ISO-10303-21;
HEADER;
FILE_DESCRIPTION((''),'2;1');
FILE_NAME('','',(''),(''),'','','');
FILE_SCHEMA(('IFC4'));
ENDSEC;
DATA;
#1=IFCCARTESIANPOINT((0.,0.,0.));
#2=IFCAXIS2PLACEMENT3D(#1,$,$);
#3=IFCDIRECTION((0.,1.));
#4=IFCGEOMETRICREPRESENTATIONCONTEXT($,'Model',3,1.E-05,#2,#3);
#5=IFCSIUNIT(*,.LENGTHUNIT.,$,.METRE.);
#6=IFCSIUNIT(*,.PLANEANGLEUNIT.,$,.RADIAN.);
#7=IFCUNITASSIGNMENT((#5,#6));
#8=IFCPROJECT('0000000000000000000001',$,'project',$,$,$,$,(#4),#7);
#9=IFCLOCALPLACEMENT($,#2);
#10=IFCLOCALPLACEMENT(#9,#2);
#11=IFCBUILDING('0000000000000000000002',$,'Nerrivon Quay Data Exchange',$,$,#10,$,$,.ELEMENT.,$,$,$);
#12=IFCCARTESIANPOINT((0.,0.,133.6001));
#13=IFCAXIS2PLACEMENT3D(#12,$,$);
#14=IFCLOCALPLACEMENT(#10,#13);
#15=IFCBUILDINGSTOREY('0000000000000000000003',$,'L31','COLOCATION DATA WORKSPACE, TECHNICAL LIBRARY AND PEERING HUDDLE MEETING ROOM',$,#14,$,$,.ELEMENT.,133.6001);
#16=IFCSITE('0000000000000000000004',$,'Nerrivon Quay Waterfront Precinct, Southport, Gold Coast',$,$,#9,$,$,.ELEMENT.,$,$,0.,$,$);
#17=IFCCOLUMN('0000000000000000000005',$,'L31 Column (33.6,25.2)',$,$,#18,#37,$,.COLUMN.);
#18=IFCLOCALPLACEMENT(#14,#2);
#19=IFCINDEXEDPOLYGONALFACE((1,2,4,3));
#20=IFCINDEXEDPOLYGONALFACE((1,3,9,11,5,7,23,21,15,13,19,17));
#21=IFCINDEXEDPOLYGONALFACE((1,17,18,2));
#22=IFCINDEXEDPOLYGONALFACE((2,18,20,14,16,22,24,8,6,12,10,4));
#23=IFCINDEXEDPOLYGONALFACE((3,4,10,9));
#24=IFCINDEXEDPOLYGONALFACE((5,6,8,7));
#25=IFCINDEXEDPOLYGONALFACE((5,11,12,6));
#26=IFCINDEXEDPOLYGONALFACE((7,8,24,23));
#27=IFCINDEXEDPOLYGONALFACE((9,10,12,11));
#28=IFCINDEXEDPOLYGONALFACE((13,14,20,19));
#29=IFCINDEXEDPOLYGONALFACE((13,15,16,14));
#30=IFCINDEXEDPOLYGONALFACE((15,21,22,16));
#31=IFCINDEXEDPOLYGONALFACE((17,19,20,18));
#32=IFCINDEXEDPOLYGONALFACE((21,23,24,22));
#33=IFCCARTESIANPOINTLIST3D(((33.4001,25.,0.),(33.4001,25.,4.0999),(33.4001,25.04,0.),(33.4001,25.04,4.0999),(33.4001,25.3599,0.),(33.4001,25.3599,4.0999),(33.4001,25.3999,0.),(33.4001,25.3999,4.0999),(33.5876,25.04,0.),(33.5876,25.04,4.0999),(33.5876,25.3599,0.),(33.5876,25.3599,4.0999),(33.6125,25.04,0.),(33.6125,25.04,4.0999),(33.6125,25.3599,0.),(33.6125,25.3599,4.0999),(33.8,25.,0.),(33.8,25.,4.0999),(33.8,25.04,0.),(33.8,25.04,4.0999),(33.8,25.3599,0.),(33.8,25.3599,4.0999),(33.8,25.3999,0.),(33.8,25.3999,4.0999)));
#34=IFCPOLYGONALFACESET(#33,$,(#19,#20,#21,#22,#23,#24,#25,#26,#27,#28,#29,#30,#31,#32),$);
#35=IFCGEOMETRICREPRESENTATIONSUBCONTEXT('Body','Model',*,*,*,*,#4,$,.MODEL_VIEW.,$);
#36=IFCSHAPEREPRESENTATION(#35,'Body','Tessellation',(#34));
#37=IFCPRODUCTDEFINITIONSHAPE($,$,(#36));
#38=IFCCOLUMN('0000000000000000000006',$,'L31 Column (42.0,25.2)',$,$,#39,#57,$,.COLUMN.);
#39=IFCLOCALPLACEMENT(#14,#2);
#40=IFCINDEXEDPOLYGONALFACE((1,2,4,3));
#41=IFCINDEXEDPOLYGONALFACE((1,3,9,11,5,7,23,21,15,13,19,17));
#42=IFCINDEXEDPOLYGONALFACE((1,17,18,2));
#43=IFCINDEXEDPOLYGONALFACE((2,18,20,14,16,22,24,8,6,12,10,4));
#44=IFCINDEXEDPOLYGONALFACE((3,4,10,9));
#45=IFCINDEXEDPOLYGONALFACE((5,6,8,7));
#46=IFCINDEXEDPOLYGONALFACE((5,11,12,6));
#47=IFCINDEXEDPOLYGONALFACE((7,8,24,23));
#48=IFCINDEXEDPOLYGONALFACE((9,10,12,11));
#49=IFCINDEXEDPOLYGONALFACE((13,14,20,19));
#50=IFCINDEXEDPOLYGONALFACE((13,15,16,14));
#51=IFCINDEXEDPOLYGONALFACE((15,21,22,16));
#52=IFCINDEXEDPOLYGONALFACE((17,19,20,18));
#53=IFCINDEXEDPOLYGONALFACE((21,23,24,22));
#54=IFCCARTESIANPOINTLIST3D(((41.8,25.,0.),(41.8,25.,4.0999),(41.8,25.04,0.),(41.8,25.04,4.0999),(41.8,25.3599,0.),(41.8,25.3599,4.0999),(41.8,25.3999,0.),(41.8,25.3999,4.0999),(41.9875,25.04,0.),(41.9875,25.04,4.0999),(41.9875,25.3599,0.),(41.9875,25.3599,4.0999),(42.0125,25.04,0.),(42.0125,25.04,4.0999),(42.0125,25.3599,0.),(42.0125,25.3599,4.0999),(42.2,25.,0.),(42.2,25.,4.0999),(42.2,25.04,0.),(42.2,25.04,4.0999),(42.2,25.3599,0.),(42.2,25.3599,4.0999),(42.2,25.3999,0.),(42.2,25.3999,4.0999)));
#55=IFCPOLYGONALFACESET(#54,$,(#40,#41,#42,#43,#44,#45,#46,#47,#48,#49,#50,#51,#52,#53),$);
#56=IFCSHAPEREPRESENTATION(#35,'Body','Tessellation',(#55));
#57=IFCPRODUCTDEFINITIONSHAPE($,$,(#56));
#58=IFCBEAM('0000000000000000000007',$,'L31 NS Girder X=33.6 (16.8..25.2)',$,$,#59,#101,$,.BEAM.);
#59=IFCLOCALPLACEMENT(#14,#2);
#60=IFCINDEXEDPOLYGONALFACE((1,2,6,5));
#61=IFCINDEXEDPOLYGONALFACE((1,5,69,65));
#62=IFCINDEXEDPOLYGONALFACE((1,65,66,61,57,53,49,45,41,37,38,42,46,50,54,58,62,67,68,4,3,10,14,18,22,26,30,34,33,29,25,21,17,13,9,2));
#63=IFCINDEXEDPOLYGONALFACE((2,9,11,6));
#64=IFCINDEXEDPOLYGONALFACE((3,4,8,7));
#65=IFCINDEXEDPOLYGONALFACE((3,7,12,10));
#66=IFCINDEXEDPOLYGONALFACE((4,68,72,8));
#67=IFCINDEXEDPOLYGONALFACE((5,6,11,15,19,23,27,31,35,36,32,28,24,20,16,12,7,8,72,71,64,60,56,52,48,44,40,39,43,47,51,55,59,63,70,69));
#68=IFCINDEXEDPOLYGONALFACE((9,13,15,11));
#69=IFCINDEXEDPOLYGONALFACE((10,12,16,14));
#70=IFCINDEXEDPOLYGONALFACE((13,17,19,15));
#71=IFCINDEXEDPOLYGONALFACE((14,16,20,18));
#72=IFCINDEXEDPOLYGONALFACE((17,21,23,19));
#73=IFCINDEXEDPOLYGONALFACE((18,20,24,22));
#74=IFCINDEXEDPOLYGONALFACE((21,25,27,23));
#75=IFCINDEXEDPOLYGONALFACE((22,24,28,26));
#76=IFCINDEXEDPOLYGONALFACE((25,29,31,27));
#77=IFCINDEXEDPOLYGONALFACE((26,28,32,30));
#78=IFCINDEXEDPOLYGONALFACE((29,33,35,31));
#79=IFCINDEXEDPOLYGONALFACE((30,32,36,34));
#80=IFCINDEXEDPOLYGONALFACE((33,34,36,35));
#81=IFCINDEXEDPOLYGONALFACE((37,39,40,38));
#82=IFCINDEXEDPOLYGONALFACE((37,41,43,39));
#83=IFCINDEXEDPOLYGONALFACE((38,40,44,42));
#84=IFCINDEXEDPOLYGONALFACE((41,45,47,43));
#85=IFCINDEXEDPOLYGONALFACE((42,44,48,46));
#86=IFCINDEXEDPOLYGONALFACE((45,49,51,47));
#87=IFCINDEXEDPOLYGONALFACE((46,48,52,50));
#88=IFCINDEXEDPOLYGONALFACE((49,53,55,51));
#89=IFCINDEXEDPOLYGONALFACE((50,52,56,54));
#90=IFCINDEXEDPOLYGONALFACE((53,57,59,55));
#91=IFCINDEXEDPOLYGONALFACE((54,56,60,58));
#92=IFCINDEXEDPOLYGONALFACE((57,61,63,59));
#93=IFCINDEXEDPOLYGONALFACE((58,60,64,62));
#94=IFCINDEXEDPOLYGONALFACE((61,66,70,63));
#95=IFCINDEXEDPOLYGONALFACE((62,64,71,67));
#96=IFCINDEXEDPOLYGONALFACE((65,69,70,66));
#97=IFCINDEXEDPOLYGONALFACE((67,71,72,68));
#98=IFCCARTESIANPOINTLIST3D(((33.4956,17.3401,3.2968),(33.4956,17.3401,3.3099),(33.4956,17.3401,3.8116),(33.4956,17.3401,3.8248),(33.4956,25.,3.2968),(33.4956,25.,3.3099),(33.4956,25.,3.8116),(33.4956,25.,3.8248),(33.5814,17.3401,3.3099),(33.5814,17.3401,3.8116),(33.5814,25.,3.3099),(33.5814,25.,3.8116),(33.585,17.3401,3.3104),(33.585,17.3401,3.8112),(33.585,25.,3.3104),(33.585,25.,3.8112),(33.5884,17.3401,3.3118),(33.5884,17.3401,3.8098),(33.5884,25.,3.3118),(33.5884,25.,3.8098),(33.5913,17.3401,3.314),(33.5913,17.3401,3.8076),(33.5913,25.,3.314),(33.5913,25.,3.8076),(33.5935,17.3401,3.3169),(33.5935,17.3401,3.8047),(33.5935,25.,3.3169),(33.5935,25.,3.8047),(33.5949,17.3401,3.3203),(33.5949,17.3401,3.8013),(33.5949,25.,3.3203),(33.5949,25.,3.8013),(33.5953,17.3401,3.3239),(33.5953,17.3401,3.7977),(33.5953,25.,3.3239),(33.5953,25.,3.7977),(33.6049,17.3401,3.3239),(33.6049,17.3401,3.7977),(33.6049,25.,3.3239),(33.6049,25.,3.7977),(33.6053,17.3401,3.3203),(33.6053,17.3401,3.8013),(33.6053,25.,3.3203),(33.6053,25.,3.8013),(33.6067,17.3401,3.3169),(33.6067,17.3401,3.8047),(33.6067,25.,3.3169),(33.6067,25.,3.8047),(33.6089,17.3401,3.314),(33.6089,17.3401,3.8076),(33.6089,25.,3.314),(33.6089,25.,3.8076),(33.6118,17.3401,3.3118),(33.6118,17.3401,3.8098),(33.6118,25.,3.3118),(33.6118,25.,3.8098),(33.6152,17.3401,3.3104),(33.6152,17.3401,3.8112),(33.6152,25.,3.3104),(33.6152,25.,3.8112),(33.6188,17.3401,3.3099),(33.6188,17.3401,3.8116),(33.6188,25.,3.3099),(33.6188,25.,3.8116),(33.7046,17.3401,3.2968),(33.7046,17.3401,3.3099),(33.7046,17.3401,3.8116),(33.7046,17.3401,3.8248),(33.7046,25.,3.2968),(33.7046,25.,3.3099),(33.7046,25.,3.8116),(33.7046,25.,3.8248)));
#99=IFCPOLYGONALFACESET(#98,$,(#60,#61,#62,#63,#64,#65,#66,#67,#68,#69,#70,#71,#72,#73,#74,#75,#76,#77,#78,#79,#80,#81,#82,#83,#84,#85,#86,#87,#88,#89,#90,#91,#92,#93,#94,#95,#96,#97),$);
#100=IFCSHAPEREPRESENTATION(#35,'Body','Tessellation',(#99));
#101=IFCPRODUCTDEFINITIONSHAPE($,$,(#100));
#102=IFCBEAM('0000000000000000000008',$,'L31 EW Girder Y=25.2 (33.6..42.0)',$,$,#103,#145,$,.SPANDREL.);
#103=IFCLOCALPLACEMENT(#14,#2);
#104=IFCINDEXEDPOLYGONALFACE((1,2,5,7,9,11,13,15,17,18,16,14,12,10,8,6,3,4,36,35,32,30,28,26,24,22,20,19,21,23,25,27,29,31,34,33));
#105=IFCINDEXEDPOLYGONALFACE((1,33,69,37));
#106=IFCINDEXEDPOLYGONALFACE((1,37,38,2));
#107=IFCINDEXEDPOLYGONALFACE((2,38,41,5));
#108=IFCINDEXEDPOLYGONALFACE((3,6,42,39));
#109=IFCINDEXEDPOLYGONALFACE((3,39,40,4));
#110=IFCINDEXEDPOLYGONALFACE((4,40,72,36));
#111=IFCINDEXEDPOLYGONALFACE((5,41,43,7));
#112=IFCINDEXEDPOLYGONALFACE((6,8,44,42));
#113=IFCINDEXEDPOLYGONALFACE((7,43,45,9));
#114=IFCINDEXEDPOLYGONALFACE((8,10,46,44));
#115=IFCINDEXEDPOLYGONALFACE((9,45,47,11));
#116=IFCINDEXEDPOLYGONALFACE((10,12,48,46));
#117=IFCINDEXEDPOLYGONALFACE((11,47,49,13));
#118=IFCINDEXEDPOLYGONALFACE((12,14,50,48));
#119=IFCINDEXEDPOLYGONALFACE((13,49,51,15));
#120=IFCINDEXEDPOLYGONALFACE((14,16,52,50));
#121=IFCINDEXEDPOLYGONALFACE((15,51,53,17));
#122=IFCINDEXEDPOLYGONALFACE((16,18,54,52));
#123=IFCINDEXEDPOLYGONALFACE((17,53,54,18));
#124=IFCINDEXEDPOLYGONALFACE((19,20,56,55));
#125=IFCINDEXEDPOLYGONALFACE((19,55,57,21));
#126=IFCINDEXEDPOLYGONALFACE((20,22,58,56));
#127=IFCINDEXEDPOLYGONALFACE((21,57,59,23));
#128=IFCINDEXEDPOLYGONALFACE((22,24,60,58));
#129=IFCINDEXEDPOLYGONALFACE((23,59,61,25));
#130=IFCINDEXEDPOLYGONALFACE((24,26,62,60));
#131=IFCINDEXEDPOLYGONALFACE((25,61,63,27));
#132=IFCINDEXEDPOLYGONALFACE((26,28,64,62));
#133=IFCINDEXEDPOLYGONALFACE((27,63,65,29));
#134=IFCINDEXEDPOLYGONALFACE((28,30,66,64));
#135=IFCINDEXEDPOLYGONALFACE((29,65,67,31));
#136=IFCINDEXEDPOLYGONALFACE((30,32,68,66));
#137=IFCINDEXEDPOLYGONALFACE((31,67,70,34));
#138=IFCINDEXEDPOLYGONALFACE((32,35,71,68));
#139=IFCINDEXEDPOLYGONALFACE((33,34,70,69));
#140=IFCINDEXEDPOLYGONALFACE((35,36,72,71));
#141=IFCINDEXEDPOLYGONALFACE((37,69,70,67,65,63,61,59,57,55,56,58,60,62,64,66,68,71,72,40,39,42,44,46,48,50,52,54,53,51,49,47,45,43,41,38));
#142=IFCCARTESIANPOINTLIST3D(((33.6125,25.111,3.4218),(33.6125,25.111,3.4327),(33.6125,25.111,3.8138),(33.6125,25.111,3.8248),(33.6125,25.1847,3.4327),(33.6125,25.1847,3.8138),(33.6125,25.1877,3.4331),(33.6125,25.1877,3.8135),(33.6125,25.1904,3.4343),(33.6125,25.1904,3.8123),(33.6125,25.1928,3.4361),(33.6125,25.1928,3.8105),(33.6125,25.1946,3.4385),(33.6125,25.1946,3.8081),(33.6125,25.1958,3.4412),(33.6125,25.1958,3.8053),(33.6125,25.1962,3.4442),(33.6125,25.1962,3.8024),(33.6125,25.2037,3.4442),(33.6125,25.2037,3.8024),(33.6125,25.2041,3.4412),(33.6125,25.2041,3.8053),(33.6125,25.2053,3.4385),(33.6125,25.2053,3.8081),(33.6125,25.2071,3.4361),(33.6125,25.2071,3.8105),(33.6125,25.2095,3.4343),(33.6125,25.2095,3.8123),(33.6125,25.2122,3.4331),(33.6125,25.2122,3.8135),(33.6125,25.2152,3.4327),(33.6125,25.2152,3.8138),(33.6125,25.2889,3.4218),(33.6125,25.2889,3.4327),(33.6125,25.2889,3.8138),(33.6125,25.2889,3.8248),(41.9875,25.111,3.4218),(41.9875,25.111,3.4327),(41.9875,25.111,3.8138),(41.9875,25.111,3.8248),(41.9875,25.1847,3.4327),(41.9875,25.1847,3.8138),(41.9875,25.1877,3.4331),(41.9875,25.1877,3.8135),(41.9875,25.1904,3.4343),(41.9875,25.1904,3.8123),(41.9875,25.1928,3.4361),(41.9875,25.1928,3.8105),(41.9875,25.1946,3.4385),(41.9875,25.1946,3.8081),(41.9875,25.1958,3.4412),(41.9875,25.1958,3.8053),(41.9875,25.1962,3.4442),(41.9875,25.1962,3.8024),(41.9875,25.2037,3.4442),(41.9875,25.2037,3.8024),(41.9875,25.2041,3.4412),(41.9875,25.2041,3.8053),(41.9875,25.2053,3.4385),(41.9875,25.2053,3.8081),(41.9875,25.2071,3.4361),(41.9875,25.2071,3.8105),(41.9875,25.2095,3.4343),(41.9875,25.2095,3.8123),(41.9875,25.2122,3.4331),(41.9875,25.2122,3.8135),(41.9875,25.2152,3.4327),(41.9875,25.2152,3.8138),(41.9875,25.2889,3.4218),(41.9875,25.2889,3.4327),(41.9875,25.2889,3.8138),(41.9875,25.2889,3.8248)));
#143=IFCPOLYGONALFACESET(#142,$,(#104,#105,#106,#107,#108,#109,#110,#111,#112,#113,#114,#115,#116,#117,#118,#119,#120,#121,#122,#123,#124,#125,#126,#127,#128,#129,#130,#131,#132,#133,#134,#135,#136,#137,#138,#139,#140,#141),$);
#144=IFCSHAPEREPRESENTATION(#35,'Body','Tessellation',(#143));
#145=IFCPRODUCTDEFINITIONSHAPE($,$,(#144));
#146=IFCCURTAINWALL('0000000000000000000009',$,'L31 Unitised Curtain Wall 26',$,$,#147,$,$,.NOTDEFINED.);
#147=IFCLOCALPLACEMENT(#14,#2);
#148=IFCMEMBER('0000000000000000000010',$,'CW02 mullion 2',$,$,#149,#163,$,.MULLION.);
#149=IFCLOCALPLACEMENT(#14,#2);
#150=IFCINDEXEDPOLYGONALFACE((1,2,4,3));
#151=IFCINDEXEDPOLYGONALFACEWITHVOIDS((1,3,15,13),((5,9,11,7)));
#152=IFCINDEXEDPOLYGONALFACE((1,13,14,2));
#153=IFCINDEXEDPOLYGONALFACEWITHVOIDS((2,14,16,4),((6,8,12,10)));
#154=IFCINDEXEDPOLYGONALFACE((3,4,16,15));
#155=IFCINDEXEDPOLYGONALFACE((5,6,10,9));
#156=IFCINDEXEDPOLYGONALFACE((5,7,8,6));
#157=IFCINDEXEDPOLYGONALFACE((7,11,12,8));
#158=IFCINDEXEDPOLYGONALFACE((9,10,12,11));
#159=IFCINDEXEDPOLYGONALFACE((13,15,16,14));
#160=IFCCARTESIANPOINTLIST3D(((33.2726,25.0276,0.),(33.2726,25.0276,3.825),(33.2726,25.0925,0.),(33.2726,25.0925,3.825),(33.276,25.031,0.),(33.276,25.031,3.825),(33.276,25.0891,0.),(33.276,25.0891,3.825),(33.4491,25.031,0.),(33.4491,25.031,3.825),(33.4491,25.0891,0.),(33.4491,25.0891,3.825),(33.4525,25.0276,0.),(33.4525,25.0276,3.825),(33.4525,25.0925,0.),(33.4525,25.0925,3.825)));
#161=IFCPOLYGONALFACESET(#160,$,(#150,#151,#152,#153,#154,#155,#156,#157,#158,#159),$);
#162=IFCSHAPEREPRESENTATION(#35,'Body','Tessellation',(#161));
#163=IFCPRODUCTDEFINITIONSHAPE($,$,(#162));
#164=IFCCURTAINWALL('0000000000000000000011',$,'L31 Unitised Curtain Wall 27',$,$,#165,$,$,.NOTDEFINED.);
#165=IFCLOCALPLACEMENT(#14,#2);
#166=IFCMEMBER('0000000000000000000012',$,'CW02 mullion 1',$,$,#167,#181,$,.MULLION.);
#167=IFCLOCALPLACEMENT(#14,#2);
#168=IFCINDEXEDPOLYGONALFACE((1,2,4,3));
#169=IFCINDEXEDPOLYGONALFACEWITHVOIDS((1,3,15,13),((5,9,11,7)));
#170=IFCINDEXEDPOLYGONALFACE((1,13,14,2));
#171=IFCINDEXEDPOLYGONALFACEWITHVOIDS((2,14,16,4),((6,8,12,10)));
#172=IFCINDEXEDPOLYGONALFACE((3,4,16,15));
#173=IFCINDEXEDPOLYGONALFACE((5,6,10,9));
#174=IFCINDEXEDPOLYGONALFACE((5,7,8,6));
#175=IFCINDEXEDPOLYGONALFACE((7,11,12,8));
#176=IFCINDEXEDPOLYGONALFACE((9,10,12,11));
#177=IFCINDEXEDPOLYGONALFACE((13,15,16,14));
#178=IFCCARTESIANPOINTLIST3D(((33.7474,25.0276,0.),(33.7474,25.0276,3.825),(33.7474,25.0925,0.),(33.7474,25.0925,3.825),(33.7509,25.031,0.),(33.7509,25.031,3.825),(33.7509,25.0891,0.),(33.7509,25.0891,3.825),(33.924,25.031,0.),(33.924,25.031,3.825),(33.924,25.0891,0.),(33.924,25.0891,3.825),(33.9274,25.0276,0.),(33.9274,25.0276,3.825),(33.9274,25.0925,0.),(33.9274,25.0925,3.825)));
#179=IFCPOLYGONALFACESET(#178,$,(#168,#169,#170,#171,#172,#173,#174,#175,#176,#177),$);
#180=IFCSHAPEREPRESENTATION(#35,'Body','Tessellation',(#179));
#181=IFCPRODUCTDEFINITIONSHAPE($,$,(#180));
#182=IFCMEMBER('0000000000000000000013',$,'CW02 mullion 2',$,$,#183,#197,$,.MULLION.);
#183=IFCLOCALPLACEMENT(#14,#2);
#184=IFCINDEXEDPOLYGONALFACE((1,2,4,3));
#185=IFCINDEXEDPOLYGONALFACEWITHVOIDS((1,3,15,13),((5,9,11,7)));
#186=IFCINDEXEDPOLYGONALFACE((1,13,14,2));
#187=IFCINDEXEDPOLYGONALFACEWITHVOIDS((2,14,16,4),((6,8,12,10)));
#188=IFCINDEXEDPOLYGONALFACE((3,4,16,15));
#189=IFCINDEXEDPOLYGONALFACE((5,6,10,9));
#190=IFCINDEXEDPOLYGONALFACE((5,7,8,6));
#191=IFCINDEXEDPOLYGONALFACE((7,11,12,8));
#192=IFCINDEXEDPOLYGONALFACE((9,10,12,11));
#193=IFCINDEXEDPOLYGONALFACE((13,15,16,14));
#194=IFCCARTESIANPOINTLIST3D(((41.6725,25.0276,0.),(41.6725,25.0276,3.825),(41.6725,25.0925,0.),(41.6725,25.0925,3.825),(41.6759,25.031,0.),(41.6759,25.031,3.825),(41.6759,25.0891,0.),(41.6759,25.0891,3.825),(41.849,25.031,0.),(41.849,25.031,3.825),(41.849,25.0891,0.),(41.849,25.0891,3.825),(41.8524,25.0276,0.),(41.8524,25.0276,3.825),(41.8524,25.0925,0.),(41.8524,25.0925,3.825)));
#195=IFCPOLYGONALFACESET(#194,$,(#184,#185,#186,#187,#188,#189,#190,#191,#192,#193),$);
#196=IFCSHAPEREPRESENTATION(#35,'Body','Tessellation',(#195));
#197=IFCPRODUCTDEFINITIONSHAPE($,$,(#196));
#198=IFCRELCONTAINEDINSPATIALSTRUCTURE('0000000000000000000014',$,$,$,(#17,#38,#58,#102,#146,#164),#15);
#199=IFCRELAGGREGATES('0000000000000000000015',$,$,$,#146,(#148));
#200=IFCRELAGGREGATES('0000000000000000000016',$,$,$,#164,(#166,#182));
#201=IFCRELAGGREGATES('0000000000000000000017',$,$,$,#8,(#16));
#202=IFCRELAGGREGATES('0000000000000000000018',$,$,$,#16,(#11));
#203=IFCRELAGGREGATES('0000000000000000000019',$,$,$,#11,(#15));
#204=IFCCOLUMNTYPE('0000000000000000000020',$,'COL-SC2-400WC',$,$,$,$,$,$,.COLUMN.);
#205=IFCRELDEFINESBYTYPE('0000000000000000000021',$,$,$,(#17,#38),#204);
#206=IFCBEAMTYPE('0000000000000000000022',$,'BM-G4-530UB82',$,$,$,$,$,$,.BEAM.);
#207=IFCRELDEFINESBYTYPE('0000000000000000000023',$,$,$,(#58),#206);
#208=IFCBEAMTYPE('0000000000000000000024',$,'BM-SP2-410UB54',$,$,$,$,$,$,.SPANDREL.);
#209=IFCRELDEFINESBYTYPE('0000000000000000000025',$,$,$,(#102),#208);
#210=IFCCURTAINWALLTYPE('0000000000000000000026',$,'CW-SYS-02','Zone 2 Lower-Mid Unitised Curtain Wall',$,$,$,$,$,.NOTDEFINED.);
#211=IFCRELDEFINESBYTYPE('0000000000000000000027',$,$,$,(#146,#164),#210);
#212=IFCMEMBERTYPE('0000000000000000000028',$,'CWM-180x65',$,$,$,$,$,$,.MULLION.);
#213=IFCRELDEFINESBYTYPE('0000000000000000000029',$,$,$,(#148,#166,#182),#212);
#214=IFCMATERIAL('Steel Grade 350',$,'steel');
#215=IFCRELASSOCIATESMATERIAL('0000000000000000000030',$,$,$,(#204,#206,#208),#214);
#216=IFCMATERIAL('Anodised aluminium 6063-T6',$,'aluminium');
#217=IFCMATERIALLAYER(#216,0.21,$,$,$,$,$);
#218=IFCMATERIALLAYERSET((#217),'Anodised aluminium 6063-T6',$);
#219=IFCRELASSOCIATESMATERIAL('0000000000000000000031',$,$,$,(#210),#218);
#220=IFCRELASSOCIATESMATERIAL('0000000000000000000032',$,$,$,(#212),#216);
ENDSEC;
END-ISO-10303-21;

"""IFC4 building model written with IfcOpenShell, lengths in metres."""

from ifc_helpers import new_model, si_unit, direction, frame, origin, origin_2d, place, context, subcontext, project, spatial, hollow_rectangle, i_section, extrude, material, layer, layer_set, material_profile, profile_set, type_object, element, aggregate, save


model = new_model("IFC4")

# Units and contexts
model_context = context("Model", 3, precision=1e-05, world=origin(), true_north=direction((0.0, 1.0)))
body_context = subcontext(model_context, "Body", "Model", "MODEL_VIEW")
ifc_project = project(units=[si_unit("LENGTHUNIT", "METRE"), si_unit("PLANEANGLEUNIT", "RADIAN")], contexts=[model_context])

# Site, building, storey
site_placement = place(None, origin())
site = spatial("IfcSite", under=ifc_project, at=site_placement, Name="Nerrivon Quay Waterfront Precinct, Southport, Gold Coast", CompositionType="ELEMENT", RefElevation=0.0)
building_placement = place(site_placement, origin())
building = spatial("IfcBuilding", under=site, at=building_placement, Name="Nerrivon Quay Data Exchange", CompositionType="ELEMENT")
storey_placement = place(building_placement, frame((0.0, 0.0, 133.6001)))
storey = spatial("IfcBuildingStorey", under=building, at=storey_placement, Name="L31", Description="COLOCATION DATA WORKSPACE, TECHNICAL LIBRARY AND PEERING HUDDLE MEETING ROOM", CompositionType="ELEMENT", Elevation=133.6001)

# Columns
ifc_material_1 = material(Name="Steel Grade 350", Category="steel")
ifc_material_profile_1 = material_profile(ifc_material_1, i_section(OverallWidth=0.3999, OverallDepth=0.3999, WebThickness=0.0249, FlangeThickness=0.04, at=origin_2d()), Name="400WC328")
ifc_profile_set_1 = profile_set([ifc_material_profile_1], Name="Steel Grade 350")
column_type = type_object("IfcColumnType", Name="COL-SC2-400WC", PredefinedType="COLUMN", material=ifc_profile_set_1)
for number, where, z_axis, x_axis, name in (
    (1, (33.6001, 25.2, 0.0), (0.0, 0.0, 1.0), (1.0, 0.0, 0.0), "L31 Column (33.6,25.2)"),
    (2, (42.0, 25.2, 0.0), (0.0, 0.0, 1.0), (1.0, 0.0, 0.0), "L31 Column (42.0,25.2)"),
):
    element("IfcColumn", number, at=place(storey_placement, frame(where, z_axis=z_axis, x_axis=x_axis)), inside=storey, type_object=column_type, Name=name, PredefinedType="COLUMN", context=body_context, shape_type="SweptSolid", body=[
        extrude(i_section(OverallWidth=0.3999, OverallDepth=0.3999, WebThickness=0.0249, FlangeThickness=0.04, at=origin_2d()), origin(), (0.0, 0.0, 1.0), 4.0999),
    ])

# Beams
ifc_material_profile_2 = material_profile(ifc_material_1, i_section(OverallWidth=0.209, OverallDepth=0.5281, WebThickness=0.0095, FlangeThickness=0.0132, FilletRadius=0.0139, at=origin_2d()), Name="530UB82.0")
ifc_profile_set_2 = profile_set([ifc_material_profile_2], Name="Steel Grade 350")
beam_type_1 = type_object("IfcBeamType", Name="BM-G4-530UB82", PredefinedType="BEAM", material=ifc_profile_set_2)
beam_1_placement = place(storey_placement, frame((33.6001, 17.3401, 3.5608), z_axis=(0.0, 1.0, 0.0), x_axis=(-1.0, 0.0, 0.0)))
element("IfcBeam", 3, at=beam_1_placement, inside=storey, type_object=beam_type_1, Name="L31 NS Girder X=33.6 (16.8..25.2)", PredefinedType="BEAM", context=body_context, shape_type="SweptSolid", body=[
    extrude(i_section(OverallWidth=0.209, OverallDepth=0.5281, WebThickness=0.0095, FlangeThickness=0.0132, FilletRadius=0.0139, at=origin_2d()), origin(), (0.0, 0.0, 1.0), 7.6599),
])
ifc_material_profile_3 = material_profile(ifc_material_1, i_section(OverallWidth=0.178, OverallDepth=0.4031, WebThickness=0.0076, FlangeThickness=0.011, FilletRadius=0.0115, at=origin_2d()), Name="410UB53.7")
ifc_profile_set_3 = profile_set([ifc_material_profile_3], Name="Steel Grade 350")
beam_type_2 = type_object("IfcBeamType", Name="BM-SP2-410UB54", PredefinedType="SPANDREL", material=ifc_profile_set_3)
beam_2_placement = place(storey_placement, frame((33.6125, 25.2, 3.6233), z_axis=(1.0, 0.0, 0.0), x_axis=(0.0, 1.0, 0.0)))
element("IfcBeam", 4, at=beam_2_placement, inside=storey, type_object=beam_type_2, Name="L31 EW Girder Y=25.2 (33.6..42.0)", PredefinedType="SPANDREL", context=body_context, shape_type="SweptSolid", body=[
    extrude(i_section(OverallWidth=0.178, OverallDepth=0.4031, WebThickness=0.0076, FlangeThickness=0.011, FilletRadius=0.0115, at=origin_2d()), origin(), (0.0, 0.0, 1.0), 8.375),
])

# Curtain wall, member
ifc_material_2 = material(Name="Anodised aluminium 6063-T6", Category="aluminium")
ifc_layer_1 = layer(ifc_material_2, 0.21)
ifc_layer_set_1 = layer_set([ifc_layer_1], Name="Anodised aluminium 6063-T6")
curtain_wall_type = type_object("IfcCurtainWallType", Name="CW-SYS-02", Description="Zone 2 Lower-Mid Unitised Curtain Wall", PredefinedType="NOTDEFINED", material=ifc_layer_set_1)
curtain_wall_1_placement = place(storey_placement, origin())
curtain_wall_1 = element("IfcCurtainWall", 5, at=curtain_wall_1_placement, inside=storey, type_object=curtain_wall_type, Name="L31 Unitised Curtain Wall 26", PredefinedType="NOTDEFINED")
ifc_material_profile_4 = material_profile(ifc_material_2, hollow_rectangle(XDim=0.0649, YDim=0.1799, WallThickness=0.0034, at=origin_2d()), Name="ALU-MULL-180x65")
ifc_profile_set_4 = profile_set([ifc_material_profile_4], Name="Anodised aluminium 6063-T6")
member_type_1 = type_object("IfcMemberType", Name="CWM-180x65", PredefinedType="MULLION", material=ifc_profile_set_4)
member_1_placement = place(storey_placement, frame((33.3625, 25.0601, 0.0), z_axis=(0.0, 0.0, 1.0), x_axis=(0.0, 1.0, 0.0)))
member_1 = element("IfcMember", 6, at=member_1_placement, type_object=member_type_1, Name="CW02 mullion 2", PredefinedType="MULLION", context=body_context, shape_type="SweptSolid", body=[
    extrude(hollow_rectangle(XDim=0.0649, YDim=0.1799, WallThickness=0.0034, at=origin_2d()), origin(), (0.0, 0.0, 1.0), 3.825),
])

# Curtain wall, members
curtain_wall_2_placement = place(storey_placement, origin())
curtain_wall_2 = element("IfcCurtainWall", 7, at=curtain_wall_2_placement, inside=storey, type_object=curtain_wall_type, Name="L31 Unitised Curtain Wall 27", PredefinedType="NOTDEFINED")
member_2_placement = place(storey_placement, frame((33.8374, 25.0601, 0.0), z_axis=(0.0, 0.0, 1.0), x_axis=(0.0, 1.0, 0.0)))
member_2 = element("IfcMember", 8, at=member_2_placement, type_object=member_type_1, Name="CW02 mullion 1", PredefinedType="MULLION", context=body_context, shape_type="SweptSolid", body=[
    extrude(hollow_rectangle(XDim=0.0649, YDim=0.1799, WallThickness=0.0034, at=origin_2d()), origin(), (0.0, 0.0, 1.0), 3.825),
])
member_3_placement = place(storey_placement, frame((41.7625, 25.0601, 0.0), z_axis=(0.0, 0.0, 1.0), x_axis=(0.0, 1.0, 0.0)))
member_3 = element("IfcMember", 9, at=member_3_placement, type_object=member_type_1, Name="CW02 mullion 2", PredefinedType="MULLION", context=body_context, shape_type="SweptSolid", body=[
    extrude(hollow_rectangle(XDim=0.0649, YDim=0.1799, WallThickness=0.0034, at=origin_2d()), origin(), (0.0, 0.0, 1.0), 3.825),
])

aggregate(curtain_wall_1, [member_1])
aggregate(curtain_wall_2, [member_2, member_3])

save(model, "model.ifc")
